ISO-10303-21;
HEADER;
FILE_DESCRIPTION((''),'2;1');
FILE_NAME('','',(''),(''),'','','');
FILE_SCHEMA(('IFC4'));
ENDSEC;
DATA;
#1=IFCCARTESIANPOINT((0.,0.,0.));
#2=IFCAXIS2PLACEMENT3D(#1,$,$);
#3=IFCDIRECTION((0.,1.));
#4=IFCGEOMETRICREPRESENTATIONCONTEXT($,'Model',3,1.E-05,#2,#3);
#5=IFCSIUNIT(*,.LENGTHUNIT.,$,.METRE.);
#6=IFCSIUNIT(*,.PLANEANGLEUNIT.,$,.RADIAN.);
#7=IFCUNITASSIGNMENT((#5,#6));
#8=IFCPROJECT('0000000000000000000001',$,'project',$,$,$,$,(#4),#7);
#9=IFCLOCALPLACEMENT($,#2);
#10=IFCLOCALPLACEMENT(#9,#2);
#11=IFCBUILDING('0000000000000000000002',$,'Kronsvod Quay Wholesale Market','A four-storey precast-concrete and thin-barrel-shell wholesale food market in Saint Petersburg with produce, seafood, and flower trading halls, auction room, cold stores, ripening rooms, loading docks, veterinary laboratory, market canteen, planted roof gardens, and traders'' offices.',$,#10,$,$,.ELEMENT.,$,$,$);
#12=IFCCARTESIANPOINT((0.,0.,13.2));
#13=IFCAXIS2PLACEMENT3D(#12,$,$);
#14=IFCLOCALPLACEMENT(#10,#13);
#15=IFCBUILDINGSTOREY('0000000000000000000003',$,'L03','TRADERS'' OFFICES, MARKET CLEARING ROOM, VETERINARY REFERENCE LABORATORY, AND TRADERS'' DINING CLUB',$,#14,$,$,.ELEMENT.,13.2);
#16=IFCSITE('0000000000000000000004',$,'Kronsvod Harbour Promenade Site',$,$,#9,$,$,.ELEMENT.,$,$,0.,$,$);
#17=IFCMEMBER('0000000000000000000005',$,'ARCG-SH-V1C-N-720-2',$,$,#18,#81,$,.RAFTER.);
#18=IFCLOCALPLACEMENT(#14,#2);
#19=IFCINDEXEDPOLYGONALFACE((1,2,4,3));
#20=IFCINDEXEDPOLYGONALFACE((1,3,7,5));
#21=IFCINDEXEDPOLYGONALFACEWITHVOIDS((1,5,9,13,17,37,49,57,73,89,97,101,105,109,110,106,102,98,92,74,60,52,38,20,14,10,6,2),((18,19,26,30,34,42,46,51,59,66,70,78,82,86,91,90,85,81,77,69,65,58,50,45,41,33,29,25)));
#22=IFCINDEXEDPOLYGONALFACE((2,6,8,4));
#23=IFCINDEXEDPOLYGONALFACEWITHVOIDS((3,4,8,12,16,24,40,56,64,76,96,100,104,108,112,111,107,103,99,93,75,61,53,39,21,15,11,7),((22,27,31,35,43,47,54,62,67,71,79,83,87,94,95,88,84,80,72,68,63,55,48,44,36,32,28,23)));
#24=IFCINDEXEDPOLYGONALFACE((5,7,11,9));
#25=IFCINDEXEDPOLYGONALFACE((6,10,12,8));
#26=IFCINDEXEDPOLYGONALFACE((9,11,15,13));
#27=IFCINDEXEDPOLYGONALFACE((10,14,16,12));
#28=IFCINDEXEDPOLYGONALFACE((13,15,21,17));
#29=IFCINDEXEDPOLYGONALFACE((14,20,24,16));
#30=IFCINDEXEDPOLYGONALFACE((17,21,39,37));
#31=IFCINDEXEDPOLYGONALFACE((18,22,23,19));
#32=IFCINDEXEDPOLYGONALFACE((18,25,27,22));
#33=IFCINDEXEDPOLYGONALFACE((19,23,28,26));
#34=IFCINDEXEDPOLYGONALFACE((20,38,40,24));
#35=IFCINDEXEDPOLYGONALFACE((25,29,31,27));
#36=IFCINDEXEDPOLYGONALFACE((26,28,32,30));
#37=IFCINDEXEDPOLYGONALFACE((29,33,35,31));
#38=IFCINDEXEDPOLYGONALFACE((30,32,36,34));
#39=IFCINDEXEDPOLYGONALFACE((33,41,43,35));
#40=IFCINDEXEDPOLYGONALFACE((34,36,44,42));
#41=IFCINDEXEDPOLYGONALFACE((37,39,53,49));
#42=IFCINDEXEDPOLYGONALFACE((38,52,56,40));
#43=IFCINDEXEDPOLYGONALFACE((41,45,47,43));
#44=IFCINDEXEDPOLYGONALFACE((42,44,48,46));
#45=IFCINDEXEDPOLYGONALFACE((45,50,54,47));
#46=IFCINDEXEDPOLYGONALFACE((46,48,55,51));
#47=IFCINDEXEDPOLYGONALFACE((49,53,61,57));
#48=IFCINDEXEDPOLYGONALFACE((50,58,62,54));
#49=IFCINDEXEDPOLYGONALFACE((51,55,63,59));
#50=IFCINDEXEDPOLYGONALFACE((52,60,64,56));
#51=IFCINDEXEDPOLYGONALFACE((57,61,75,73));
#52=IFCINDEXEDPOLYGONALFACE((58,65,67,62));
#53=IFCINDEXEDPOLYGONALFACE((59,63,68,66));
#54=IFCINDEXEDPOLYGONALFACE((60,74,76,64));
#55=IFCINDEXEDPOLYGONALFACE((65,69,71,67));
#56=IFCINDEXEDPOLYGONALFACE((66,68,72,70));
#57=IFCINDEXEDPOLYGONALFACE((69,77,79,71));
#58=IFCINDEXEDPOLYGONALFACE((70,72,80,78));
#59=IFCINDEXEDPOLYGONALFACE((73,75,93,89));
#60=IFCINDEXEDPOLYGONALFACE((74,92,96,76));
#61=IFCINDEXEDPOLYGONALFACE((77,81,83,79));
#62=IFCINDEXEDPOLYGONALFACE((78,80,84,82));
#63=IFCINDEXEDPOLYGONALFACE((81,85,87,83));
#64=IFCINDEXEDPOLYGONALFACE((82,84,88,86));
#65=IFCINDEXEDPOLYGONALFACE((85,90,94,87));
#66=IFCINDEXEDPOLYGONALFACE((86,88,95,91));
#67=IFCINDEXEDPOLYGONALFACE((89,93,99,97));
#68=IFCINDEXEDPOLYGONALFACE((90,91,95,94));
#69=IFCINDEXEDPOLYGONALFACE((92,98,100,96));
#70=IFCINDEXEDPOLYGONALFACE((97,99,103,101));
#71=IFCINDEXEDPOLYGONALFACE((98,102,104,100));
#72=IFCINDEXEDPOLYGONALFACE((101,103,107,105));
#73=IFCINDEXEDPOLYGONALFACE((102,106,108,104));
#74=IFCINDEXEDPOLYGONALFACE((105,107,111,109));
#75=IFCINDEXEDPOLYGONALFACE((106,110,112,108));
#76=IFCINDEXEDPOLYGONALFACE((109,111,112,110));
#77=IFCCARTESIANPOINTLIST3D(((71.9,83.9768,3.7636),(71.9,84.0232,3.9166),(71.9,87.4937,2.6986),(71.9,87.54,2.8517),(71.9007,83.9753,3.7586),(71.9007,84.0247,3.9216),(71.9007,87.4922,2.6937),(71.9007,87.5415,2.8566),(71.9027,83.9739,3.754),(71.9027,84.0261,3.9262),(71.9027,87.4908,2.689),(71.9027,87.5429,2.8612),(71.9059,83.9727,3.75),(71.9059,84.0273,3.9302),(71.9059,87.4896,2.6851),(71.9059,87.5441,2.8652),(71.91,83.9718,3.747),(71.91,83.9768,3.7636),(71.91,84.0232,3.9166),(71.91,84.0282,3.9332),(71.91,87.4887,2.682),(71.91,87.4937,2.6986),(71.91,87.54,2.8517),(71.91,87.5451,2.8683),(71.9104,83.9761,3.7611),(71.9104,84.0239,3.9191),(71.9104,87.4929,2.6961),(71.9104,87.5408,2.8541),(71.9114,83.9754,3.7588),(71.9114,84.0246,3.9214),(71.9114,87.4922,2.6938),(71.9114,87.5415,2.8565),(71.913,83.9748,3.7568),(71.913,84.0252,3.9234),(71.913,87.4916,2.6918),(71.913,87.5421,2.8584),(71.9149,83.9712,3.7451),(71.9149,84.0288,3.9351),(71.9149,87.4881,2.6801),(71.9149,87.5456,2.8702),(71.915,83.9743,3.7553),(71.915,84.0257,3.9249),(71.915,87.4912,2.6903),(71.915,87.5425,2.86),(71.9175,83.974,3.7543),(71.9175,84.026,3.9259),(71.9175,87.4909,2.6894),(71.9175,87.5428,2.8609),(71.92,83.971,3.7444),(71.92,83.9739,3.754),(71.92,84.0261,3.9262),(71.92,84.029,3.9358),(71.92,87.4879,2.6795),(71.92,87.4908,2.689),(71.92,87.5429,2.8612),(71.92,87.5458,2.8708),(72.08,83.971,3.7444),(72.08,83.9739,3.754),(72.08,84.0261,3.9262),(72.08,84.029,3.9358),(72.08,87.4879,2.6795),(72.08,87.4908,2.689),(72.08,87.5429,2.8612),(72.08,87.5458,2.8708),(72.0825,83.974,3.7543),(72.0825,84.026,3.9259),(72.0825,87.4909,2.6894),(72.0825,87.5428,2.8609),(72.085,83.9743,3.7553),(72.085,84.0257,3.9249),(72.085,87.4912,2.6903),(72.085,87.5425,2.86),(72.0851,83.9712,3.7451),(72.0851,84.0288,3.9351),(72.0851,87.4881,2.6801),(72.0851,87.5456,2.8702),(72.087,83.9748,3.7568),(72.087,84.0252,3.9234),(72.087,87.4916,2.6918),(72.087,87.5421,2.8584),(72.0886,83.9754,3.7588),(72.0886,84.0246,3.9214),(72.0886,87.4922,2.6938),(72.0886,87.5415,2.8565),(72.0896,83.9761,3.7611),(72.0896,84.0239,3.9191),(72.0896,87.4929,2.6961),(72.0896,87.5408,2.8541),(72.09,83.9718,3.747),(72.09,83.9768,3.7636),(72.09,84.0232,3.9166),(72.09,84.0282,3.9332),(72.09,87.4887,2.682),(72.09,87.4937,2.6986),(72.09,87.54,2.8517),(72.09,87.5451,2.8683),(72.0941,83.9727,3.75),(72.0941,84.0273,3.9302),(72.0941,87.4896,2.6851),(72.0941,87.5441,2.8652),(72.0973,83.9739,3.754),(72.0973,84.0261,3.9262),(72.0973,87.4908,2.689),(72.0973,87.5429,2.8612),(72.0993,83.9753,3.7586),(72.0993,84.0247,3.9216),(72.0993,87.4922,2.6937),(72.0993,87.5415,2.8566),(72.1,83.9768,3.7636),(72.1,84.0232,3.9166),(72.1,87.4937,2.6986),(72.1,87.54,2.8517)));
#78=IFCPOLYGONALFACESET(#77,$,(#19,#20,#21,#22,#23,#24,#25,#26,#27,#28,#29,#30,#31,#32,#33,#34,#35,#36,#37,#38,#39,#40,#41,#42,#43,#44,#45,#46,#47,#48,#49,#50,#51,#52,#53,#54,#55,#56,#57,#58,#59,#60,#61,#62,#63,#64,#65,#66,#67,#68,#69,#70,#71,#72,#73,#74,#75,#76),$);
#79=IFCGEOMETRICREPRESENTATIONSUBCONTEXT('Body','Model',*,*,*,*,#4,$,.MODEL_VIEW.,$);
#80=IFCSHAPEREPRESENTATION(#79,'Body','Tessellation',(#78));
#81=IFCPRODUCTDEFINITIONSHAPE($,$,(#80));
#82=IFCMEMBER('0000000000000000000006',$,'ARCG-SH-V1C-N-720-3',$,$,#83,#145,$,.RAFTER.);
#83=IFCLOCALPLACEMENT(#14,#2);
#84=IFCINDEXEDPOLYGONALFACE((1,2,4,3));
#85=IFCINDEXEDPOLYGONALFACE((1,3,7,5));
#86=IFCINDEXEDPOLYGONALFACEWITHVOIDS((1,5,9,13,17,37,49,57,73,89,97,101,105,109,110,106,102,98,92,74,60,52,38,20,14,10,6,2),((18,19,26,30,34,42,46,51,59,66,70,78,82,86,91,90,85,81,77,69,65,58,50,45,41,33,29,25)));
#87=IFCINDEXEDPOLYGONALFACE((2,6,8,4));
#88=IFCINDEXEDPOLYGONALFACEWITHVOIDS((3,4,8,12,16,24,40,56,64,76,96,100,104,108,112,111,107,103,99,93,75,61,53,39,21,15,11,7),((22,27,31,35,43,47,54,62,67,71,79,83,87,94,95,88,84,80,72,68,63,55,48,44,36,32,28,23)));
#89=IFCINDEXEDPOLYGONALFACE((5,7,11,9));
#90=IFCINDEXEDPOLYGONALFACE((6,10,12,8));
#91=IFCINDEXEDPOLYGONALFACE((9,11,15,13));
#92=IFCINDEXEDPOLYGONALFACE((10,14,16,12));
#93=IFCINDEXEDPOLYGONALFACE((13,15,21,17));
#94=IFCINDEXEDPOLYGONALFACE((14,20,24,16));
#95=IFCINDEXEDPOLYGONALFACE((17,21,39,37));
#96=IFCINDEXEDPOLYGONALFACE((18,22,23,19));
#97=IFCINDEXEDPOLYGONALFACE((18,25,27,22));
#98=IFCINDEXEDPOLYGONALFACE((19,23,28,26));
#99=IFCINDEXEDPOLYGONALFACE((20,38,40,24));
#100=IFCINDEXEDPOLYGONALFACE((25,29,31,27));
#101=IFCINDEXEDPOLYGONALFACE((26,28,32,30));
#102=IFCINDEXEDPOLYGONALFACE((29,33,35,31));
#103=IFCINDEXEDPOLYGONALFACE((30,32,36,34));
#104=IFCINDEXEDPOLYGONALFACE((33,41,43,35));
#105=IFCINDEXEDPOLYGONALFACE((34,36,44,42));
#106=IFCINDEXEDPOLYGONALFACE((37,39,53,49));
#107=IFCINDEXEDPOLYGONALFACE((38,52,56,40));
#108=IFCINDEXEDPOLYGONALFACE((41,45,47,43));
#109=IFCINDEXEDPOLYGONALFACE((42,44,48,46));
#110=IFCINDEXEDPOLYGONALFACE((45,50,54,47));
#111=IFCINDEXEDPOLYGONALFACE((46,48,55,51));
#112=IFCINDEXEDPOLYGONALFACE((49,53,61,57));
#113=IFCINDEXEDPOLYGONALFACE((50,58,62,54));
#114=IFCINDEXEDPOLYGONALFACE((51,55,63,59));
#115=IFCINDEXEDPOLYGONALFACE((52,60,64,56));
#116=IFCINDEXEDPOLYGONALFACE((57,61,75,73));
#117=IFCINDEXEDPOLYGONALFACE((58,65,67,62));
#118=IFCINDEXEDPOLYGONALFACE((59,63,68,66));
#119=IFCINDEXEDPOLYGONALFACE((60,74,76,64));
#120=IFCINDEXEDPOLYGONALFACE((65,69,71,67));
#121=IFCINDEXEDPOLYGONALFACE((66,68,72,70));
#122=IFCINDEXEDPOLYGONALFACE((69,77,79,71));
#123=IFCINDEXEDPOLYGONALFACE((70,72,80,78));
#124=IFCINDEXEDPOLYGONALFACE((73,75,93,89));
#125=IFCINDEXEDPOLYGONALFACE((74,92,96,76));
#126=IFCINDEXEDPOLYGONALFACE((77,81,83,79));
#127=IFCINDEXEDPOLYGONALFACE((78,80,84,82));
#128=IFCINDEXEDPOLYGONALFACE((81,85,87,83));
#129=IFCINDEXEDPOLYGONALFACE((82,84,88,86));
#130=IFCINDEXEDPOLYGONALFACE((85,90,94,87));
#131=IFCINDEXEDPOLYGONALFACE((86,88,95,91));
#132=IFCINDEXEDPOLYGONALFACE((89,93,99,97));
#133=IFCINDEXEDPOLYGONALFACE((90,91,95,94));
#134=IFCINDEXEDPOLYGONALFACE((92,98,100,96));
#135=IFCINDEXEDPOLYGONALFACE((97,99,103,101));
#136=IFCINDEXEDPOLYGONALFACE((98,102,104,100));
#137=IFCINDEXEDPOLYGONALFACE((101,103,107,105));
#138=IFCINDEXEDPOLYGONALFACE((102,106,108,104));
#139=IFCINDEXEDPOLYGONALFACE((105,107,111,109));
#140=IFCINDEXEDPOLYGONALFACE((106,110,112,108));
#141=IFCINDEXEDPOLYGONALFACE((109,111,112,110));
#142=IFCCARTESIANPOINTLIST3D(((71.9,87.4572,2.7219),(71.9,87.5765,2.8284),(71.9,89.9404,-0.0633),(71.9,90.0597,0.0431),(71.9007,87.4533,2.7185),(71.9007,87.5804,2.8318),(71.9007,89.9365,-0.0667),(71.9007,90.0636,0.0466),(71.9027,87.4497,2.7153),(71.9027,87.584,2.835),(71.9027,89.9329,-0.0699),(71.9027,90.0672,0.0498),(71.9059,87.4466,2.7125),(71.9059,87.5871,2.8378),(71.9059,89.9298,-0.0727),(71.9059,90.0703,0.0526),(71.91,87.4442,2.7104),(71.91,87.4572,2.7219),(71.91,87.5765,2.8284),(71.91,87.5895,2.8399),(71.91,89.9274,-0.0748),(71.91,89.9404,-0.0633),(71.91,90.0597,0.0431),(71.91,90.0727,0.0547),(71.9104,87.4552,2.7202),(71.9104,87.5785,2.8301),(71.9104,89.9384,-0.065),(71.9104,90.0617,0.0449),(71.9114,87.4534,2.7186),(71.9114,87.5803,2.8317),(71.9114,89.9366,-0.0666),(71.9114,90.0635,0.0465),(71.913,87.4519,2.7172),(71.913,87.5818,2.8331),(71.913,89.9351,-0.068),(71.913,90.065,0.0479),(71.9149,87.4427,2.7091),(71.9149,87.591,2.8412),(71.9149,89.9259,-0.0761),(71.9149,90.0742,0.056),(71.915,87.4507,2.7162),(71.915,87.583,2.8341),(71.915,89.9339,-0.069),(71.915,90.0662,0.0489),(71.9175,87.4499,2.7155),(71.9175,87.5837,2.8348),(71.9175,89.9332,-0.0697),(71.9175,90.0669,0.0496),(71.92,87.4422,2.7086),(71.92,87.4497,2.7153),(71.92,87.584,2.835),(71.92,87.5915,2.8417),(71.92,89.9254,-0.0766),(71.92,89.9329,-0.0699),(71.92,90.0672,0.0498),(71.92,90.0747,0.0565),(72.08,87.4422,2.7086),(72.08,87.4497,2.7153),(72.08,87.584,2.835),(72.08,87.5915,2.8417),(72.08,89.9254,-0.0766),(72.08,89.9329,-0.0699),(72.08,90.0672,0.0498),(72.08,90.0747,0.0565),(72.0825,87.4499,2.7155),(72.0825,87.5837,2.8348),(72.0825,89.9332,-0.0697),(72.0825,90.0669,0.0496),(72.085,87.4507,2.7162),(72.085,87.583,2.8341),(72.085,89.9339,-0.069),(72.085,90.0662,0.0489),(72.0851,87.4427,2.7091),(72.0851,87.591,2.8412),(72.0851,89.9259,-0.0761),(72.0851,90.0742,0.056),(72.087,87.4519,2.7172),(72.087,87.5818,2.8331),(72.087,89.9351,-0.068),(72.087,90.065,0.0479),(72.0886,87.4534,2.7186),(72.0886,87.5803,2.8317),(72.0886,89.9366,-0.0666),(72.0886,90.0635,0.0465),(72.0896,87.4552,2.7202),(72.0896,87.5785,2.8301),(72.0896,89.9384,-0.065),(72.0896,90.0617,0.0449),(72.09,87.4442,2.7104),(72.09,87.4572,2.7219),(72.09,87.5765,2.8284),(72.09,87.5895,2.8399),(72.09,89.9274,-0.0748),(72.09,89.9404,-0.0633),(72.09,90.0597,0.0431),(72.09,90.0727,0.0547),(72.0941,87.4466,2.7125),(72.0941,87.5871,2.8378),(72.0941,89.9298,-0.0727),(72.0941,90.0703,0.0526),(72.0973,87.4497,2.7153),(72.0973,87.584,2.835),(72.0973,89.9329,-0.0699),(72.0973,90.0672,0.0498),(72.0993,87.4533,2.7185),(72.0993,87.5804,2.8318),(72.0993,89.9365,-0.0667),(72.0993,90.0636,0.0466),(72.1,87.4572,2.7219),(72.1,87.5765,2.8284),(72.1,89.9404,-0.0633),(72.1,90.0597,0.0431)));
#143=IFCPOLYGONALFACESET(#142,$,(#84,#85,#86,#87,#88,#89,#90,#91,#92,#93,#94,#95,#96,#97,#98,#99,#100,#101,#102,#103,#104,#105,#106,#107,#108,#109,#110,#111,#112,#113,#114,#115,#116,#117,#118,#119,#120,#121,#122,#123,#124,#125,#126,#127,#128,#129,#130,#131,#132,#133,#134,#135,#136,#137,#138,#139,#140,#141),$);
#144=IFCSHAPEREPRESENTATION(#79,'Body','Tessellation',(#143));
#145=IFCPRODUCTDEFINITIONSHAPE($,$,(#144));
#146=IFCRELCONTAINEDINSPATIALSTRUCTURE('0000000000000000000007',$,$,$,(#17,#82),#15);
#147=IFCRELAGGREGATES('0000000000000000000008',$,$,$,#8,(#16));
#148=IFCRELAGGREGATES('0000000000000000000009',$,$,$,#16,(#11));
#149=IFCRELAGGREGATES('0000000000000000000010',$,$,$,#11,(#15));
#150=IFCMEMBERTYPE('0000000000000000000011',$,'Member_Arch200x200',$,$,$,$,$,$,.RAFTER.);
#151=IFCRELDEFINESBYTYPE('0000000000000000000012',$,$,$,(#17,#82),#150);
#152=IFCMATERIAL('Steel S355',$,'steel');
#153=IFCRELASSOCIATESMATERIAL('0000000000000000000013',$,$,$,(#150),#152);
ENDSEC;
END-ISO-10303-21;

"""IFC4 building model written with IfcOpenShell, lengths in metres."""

from ifc_helpers import new_model, si_unit, direction, frame, origin, origin_2d, place, context, subcontext, project, spatial, hollow_rectangle, extrude, material, material_profile, profile_set, type_object, element, save


model = new_model("IFC4")

# Units and contexts
model_context = context("Model", 3, precision=1e-05, world=origin(), true_north=direction((0.0, 1.0)))
body_context = subcontext(model_context, "Body", "Model", "MODEL_VIEW")
ifc_project = project(units=[si_unit("LENGTHUNIT", "METRE"), si_unit("PLANEANGLEUNIT", "RADIAN")], contexts=[model_context])

# Site, building, storey
site_placement = place(None, origin())
site = spatial("IfcSite", under=ifc_project, at=site_placement, Name="Kronsvod Harbour Promenade Site", CompositionType="ELEMENT", RefElevation=0.0)
building_placement = place(site_placement, origin())
building = spatial("IfcBuilding", under=site, at=building_placement, Name="Kronsvod Quay Wholesale Market", Description="A four-storey precast-concrete and thin-barrel-shell wholesale food market in Saint Petersburg with produce, seafood, and flower trading halls, auction room, cold stores, ripening rooms, loading docks, veterinary laboratory, market canteen, planted roof gardens, and traders' offices.", CompositionType="ELEMENT")
storey_placement = place(building_placement, frame((0.0, 0.0, 13.2)))
storey = spatial("IfcBuildingStorey", under=building, at=storey_placement, Name="L03", Description="TRADERS' OFFICES, MARKET CLEARING ROOM, VETERINARY REFERENCE LABORATORY, AND TRADERS' DINING CLUB", CompositionType="ELEMENT", Elevation=13.2)

# Members
ifc_material_1 = material(Name="Steel S355", Category="steel")
ifc_material_profile_1 = material_profile(ifc_material_1, hollow_rectangle(XDim=0.2, YDim=0.2, WallThickness=0.01, InnerFilletRadius=0.01, OuterFilletRadius=0.02, at=origin_2d()), Name="RHS200x200x10")
ifc_profile_set_1 = profile_set([ifc_material_profile_1], Name="Steel S355")
member_type_1 = type_object("IfcMemberType", Name="Member_Arch200x200", PredefinedType="RAFTER", material=ifc_profile_set_1)
for number, where, z_axis, x_axis, name in (
    (1, (72.0, 84.0, 3.8401), (0.0, 0.957083, -0.289816), (-1.0, 0.0, 0.0), "ARCG-SH-V1C-N-720-2"),
):
    element("IfcMember", number, at=place(storey_placement, frame(where, z_axis=z_axis, x_axis=x_axis)), inside=storey, type_object=member_type_1, Name=name, PredefinedType="RAFTER", context=body_context, shape_type="SweptSolid", body=[
        extrude(hollow_rectangle(XDim=0.2, YDim=0.2, WallThickness=0.01, InnerFilletRadius=0.01, OuterFilletRadius=0.02, at=origin_2d()), origin(), (0.0, 0.0, 1.0), 3.6746),
    ])
for number, where, z_axis, x_axis, name in (
    (2, (72.0, 87.5168, 2.7751), (0.0, 0.66548, -0.746416), (-1.0, 0.0, 0.0), "ARCG-SH-V1C-N-720-3"),
):
    element("IfcMember", number, at=place(storey_placement, frame(where, z_axis=z_axis, x_axis=x_axis)), inside=storey, type_object=member_type_1, Name=name, PredefinedType="RAFTER", context=body_context, shape_type="SweptSolid", body=[
        extrude(hollow_rectangle(XDim=0.2, YDim=0.2, WallThickness=0.01, InnerFilletRadius=0.01, OuterFilletRadius=0.02, at=origin_2d()), origin(), (0.0, 0.0, 1.0), 3.7314),
    ])

save(model, "model.ifc")
